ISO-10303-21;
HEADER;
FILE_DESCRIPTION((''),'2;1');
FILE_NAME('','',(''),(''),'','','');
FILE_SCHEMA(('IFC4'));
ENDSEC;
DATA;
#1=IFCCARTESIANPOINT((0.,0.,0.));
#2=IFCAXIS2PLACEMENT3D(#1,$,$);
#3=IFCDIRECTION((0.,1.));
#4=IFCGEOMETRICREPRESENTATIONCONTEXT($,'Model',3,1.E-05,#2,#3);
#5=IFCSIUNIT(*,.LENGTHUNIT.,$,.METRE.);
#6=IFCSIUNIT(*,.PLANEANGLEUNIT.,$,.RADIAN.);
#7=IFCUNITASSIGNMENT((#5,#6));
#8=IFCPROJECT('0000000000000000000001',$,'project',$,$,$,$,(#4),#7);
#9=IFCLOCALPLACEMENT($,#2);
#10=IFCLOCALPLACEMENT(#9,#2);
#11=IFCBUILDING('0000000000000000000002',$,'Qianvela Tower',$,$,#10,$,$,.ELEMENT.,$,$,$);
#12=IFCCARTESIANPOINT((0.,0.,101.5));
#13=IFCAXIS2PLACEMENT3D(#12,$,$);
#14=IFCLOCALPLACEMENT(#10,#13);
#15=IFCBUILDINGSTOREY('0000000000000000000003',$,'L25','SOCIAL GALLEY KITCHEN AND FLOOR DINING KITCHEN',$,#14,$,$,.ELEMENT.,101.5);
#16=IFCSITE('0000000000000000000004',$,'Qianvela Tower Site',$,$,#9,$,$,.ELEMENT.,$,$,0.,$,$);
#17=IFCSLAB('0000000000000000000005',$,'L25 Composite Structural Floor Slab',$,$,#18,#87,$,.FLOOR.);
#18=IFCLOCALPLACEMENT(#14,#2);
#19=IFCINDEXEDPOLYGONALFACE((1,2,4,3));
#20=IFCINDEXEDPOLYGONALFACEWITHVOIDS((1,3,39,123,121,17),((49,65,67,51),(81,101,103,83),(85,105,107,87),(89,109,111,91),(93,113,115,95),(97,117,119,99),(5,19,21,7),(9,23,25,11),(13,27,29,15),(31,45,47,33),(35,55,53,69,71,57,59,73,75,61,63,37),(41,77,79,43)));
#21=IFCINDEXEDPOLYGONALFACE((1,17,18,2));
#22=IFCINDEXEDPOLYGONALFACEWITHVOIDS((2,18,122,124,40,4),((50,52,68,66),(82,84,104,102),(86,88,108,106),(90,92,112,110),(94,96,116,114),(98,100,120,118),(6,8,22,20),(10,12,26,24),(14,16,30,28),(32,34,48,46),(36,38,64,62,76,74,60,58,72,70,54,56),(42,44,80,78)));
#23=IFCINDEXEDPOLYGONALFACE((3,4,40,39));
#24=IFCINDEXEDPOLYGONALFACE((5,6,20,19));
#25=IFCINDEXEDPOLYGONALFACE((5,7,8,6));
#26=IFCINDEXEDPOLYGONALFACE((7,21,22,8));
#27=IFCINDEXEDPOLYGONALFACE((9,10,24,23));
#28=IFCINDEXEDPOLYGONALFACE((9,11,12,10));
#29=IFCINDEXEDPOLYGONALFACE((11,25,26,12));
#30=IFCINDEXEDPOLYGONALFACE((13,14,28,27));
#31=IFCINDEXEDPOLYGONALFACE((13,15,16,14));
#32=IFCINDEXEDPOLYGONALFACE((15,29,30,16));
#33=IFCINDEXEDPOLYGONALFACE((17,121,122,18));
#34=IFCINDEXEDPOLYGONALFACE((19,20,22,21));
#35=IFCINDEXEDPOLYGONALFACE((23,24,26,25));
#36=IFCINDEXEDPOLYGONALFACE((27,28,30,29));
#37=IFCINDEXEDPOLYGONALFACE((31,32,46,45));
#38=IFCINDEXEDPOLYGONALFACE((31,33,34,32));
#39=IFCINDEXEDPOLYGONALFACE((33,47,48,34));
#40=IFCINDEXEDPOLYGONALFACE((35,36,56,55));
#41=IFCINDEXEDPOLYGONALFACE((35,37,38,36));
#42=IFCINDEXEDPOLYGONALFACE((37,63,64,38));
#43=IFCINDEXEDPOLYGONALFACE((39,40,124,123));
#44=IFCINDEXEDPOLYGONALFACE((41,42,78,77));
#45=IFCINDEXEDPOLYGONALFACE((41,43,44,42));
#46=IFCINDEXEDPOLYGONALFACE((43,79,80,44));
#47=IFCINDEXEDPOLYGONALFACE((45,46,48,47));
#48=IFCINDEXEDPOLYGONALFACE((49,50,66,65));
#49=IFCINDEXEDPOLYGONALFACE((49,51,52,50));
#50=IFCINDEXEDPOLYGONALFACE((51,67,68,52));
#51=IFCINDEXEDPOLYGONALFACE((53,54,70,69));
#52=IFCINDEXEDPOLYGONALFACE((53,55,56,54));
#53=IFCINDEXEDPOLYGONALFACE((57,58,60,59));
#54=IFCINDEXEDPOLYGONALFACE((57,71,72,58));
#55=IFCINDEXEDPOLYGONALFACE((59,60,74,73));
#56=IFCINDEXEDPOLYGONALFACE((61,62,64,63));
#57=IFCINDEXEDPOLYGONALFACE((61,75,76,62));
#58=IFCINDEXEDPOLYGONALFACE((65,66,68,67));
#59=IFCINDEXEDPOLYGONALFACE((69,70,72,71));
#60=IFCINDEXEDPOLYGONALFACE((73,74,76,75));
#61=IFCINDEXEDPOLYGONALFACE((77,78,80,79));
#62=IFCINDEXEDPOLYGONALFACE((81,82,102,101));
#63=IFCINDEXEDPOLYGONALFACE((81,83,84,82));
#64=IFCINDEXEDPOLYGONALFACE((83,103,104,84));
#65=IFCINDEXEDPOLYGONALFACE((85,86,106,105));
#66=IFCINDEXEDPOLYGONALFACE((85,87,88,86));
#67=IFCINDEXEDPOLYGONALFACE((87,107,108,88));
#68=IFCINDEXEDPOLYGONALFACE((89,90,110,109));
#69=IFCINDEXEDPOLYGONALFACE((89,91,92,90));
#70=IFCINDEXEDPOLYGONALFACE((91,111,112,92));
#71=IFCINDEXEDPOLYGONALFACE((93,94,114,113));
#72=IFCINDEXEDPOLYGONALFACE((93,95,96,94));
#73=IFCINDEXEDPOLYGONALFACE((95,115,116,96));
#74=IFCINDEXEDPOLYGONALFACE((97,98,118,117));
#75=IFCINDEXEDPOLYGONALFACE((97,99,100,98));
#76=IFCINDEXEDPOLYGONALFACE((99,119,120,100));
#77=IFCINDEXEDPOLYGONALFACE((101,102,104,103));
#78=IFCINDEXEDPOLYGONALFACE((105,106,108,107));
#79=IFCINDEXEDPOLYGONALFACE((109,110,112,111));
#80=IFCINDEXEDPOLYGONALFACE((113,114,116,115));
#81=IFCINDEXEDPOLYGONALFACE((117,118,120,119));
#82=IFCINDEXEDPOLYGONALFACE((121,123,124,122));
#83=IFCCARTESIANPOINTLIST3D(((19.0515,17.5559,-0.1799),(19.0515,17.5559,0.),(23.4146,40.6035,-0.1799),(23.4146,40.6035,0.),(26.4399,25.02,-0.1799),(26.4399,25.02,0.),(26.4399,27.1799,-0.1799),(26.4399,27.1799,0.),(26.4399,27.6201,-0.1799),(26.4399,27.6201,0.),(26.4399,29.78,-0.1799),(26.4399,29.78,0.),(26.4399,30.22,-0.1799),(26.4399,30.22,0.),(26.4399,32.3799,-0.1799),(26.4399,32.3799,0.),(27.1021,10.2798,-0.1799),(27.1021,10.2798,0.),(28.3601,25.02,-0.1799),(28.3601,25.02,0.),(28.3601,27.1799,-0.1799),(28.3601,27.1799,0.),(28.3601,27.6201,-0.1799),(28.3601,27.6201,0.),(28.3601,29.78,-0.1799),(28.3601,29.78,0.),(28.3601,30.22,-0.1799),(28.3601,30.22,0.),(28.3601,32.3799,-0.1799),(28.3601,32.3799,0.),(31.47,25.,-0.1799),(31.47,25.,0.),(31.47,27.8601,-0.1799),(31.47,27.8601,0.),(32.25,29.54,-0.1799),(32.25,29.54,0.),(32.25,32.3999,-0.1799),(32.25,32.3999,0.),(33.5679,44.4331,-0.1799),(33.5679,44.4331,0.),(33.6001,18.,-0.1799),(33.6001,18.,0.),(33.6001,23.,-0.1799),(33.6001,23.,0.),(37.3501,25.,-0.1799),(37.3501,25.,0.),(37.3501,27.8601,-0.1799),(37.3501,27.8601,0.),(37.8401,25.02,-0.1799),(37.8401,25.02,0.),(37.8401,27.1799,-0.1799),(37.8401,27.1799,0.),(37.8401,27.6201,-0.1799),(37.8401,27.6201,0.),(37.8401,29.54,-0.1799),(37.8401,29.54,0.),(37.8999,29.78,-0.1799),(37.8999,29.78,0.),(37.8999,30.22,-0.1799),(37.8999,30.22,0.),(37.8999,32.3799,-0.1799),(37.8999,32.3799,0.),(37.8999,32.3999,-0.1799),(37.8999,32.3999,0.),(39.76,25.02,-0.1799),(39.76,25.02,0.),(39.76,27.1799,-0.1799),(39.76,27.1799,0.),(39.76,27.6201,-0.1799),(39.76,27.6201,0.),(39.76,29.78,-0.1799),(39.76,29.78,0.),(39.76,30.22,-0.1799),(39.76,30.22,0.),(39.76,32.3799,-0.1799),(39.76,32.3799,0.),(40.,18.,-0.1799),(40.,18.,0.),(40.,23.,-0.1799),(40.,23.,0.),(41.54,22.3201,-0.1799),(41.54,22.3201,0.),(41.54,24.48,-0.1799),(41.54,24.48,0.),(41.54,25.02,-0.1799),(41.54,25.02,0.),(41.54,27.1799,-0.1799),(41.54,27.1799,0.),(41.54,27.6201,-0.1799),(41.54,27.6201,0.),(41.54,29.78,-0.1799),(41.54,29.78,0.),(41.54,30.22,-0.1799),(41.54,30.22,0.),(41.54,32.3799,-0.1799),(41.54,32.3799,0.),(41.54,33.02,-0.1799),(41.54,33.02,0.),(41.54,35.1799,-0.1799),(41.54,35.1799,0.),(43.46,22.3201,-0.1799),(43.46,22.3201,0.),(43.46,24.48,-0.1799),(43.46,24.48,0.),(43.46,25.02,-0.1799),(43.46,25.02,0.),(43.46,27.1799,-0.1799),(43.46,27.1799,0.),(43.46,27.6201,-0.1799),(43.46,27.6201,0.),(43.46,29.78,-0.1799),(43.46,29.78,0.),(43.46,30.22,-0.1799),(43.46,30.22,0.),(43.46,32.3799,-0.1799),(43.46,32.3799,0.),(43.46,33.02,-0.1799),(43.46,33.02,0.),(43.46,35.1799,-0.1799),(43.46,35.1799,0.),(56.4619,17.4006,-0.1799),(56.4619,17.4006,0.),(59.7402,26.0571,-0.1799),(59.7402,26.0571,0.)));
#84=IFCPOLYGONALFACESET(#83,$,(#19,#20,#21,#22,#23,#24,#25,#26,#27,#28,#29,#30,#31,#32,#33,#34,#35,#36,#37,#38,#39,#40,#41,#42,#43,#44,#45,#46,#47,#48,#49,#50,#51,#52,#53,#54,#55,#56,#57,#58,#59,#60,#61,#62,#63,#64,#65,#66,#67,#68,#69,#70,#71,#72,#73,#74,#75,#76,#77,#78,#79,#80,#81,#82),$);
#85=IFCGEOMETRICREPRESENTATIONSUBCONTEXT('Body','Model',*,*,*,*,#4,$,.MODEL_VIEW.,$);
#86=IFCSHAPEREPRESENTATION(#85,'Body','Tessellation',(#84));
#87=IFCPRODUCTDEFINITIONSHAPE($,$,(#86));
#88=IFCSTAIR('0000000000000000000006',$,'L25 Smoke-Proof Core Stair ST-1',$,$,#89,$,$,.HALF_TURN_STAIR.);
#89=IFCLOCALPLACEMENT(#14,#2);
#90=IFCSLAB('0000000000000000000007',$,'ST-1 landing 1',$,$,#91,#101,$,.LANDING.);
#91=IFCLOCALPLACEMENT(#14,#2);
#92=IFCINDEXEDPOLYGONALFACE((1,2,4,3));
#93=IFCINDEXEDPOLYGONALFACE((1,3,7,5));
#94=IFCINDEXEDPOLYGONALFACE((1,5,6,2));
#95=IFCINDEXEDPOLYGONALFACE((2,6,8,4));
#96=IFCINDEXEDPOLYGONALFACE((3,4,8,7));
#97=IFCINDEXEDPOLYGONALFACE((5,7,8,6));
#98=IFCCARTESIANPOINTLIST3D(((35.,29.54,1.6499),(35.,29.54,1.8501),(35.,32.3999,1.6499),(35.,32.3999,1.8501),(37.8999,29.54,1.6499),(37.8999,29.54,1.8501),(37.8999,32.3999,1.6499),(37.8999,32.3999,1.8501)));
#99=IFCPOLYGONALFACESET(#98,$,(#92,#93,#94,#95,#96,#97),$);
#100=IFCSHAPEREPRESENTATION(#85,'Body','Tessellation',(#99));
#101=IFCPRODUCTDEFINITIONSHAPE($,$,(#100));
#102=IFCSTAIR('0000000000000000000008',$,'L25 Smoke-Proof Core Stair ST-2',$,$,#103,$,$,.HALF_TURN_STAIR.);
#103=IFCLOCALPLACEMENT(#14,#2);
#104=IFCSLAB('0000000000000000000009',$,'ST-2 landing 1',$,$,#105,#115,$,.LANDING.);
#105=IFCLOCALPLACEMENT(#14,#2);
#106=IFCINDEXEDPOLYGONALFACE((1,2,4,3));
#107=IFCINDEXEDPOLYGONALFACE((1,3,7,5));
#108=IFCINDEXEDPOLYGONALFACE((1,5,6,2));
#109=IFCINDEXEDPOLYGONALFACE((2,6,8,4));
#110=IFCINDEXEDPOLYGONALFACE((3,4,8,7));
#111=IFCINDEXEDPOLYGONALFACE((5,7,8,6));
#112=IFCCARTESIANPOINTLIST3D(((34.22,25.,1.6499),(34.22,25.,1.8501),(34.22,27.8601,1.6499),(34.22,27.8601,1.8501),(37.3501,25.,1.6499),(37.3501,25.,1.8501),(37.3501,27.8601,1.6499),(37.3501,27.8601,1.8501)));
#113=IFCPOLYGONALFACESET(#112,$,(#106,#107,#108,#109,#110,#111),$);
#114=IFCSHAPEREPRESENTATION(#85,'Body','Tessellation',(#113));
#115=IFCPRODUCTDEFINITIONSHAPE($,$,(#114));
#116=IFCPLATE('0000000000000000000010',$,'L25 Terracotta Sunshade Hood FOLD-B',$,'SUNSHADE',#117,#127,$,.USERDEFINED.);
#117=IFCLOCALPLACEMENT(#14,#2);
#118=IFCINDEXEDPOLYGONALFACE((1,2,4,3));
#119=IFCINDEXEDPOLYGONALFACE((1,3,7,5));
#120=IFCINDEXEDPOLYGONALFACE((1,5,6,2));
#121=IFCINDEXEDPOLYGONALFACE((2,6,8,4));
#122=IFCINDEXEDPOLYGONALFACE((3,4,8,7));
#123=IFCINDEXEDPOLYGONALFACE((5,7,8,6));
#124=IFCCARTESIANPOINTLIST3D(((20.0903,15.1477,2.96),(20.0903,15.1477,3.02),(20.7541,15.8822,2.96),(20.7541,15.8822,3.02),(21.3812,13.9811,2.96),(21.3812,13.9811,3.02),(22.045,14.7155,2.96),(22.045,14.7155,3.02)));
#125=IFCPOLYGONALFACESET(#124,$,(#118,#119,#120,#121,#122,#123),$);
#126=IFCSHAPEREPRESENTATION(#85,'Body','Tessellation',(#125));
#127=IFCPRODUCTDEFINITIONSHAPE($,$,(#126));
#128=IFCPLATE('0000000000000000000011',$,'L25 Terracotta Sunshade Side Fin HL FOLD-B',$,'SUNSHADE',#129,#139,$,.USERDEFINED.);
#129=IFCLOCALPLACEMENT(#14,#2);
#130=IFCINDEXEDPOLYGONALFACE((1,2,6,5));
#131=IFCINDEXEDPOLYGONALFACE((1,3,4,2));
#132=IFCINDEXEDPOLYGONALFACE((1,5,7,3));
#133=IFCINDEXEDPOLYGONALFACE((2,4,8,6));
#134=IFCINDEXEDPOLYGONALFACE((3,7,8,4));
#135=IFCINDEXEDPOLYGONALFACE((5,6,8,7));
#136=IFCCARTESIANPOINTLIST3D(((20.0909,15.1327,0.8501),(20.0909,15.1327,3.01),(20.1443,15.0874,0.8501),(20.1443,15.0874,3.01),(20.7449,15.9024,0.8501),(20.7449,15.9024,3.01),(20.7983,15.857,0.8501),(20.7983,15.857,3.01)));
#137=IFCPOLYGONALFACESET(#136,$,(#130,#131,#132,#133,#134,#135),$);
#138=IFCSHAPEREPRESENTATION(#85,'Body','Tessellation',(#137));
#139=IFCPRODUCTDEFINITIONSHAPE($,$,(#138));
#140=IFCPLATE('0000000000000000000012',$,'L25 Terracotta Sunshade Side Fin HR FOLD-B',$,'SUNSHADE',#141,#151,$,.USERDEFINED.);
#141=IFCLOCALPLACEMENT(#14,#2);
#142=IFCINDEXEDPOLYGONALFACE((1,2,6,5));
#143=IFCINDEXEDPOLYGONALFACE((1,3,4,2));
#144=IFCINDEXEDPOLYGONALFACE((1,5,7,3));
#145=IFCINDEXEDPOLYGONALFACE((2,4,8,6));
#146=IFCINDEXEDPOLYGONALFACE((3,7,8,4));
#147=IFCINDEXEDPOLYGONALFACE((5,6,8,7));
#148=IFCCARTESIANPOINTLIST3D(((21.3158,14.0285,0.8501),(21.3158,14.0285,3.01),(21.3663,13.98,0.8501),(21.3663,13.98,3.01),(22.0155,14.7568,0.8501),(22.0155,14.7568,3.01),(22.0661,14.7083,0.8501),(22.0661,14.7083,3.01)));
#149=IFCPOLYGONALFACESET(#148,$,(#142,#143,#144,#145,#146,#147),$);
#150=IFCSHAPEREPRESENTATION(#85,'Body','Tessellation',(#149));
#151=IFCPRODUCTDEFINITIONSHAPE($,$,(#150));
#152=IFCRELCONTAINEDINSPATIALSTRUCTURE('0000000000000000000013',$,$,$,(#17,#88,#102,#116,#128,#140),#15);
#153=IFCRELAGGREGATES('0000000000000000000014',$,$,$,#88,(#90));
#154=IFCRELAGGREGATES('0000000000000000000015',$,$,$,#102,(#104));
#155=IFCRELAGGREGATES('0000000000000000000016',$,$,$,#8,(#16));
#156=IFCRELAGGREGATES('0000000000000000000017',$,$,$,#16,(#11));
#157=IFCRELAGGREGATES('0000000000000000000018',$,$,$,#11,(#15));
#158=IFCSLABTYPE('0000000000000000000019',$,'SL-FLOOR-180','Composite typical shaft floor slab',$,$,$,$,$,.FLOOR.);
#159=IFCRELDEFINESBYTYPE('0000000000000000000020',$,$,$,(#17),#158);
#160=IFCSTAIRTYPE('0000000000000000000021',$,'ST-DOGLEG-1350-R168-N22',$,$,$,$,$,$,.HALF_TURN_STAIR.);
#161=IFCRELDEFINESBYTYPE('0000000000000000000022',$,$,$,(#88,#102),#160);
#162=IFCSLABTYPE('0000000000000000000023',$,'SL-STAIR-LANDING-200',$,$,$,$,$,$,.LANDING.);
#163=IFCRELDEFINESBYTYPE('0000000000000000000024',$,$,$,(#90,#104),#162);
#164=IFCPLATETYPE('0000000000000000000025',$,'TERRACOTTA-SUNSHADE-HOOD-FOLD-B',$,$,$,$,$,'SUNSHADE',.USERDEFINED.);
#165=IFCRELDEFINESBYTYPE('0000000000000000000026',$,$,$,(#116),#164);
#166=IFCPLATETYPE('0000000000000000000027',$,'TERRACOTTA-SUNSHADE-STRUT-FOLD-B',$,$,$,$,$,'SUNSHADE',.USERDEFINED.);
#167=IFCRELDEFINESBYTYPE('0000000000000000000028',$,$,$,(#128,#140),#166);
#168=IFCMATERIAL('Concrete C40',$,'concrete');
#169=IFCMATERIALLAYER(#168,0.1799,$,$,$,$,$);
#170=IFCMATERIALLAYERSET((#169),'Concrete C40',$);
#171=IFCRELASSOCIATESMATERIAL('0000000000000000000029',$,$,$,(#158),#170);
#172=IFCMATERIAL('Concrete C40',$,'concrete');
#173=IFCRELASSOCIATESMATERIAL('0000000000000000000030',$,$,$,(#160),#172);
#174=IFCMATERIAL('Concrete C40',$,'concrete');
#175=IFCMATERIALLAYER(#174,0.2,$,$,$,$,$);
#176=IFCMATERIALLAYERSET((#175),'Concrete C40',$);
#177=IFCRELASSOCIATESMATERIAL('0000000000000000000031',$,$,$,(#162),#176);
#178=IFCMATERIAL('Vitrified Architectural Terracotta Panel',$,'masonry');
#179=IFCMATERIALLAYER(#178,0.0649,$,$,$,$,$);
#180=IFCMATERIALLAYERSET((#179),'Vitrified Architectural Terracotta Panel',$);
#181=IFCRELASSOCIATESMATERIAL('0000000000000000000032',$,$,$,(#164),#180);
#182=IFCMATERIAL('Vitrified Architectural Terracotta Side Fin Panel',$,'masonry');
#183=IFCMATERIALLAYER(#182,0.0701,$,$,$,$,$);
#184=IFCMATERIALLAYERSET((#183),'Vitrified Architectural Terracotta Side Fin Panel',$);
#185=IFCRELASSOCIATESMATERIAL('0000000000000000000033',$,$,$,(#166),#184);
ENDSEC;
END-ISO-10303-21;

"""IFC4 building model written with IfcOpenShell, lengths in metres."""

from ifc_helpers import new_model, si_unit, direction, frame, origin, origin_2d, place, context, subcontext, project, spatial, polyline, rectangle, outline, extrude, material, layer, layer_set, type_object, element, aggregate, save


model = new_model("IFC4")

# Units and contexts
model_context = context("Model", 3, precision=1e-05, world=origin(), true_north=direction((0.0, 1.0)))
body_context = subcontext(model_context, "Body", "Model", "MODEL_VIEW")
ifc_project = project(units=[si_unit("LENGTHUNIT", "METRE"), si_unit("PLANEANGLEUNIT", "RADIAN")], contexts=[model_context])

# Site, building, storey
site_placement = place(None, origin())
site = spatial("IfcSite", under=ifc_project, at=site_placement, Name="Qianvela Tower Site", CompositionType="ELEMENT", RefElevation=0.0)
building_placement = place(site_placement, origin())
building = spatial("IfcBuilding", under=site, at=building_placement, Name="Qianvela Tower", CompositionType="ELEMENT")
storey_placement = place(building_placement, frame((0.0, 0.0, 101.5)))
storey = spatial("IfcBuildingStorey", under=building, at=storey_placement, Name="L25", Description="SOCIAL GALLEY KITCHEN AND FLOOR DINING KITCHEN", CompositionType="ELEMENT", Elevation=101.5)

# Slab
ifc_material_1 = material(Name="Concrete C40", Category="concrete")
ifc_layer_1 = layer(ifc_material_1, 0.1799)
ifc_layer_set_1 = layer_set([ifc_layer_1], Name="Concrete C40")
slab_type_1 = type_object("IfcSlabType", Name="SL-FLOOR-180", Description="Composite typical shaft floor slab", PredefinedType="FLOOR", material=ifc_layer_set_1)
slab_1_placement = place(storey_placement, frame((0.0, 0.0, -0.1799)))
element("IfcSlab", 1, at=slab_1_placement, inside=storey, type_object=slab_type_1, Name="L25 Composite Structural Floor Slab", PredefinedType="FLOOR", context=body_context, shape_type="SweptSolid", body=[
    extrude(outline(polyline([(56.4619, 17.4006), (59.7402, 26.0571), (33.5679, 44.4331), (23.4146, 40.6035), (19.0515, 17.5559), (27.1021, 10.2798), (56.4619, 17.4006)]), holes=[polyline([(40.0, 23.0), (33.6001, 23.0), (33.6001, 18.0), (40.0, 18.0), (40.0, 23.0)]), polyline([(28.3601, 25.02), (28.3601, 27.1799), (26.4399, 27.1799), (26.4399, 25.02), (28.3601, 25.02)]), polyline([(37.3501, 25.0), (37.3501, 27.8601), (31.47, 27.8601), (31.47, 25.0), (37.3501, 25.0)]), polyline([(28.3601, 27.6201), (28.3601, 29.78), (26.4399, 29.78), (26.4399, 27.6201), (28.3601, 27.6201)]), polyline([(37.8999, 32.3799), (37.8999, 32.3999), (32.25, 32.3999), (32.25, 29.54), (37.8401, 29.54), (37.8401, 27.6201), (39.76, 27.6201), (39.76, 29.78), (37.8999, 29.78), (37.8999, 30.22), (39.76, 30.22), (39.76, 32.3799), (37.8999, 32.3799)]), polyline([(28.3601, 30.22), (28.3601, 32.3799), (26.4399, 32.3799), (26.4399, 30.22), (28.3601, 30.22)]), polyline([(43.46, 24.48), (41.54, 24.48), (41.54, 22.3201), (43.46, 22.3201), (43.46, 24.48)]), polyline([(39.76, 25.02), (39.76, 27.1799), (37.8401, 27.1799), (37.8401, 25.02), (39.76, 25.02)]), polyline([(43.46, 25.02), (43.46, 27.1799), (41.54, 27.1799), (41.54, 25.02), (43.46, 25.02)]), polyline([(43.46, 27.6201), (43.46, 29.78), (41.54, 29.78), (41.54, 27.6201), (43.46, 27.6201)]), polyline([(43.46, 30.22), (43.46, 32.3799), (41.54, 32.3799), (41.54, 30.22), (43.46, 30.22)]), polyline([(43.46, 33.02), (43.46, 35.1799), (41.54, 35.1799), (41.54, 33.02), (43.46, 33.02)])]), origin(), (0.0, 0.0, 1.0), 0.1799),
])

# Stairs, slabs
ifc_material_2 = material(Name="Concrete C40", Category="concrete")
stair_type = type_object("IfcStairType", Name="ST-DOGLEG-1350-R168-N22", PredefinedType="HALF_TURN_STAIR", material=ifc_material_2)
stair_1_placement = place(storey_placement, origin())
stair_1 = element("IfcStair", 2, at=stair_1_placement, inside=storey, type_object=stair_type, Name="L25 Smoke-Proof Core Stair ST-1", PredefinedType="HALF_TURN_STAIR")
ifc_material_3 = material(Name="Concrete C40", Category="concrete")
ifc_layer_2 = layer(ifc_material_3, 0.2)
ifc_layer_set_2 = layer_set([ifc_layer_2], Name="Concrete C40")
slab_type_2 = type_object("IfcSlabType", Name="SL-STAIR-LANDING-200", PredefinedType="LANDING", material=ifc_layer_set_2)
slab_2_placement = place(storey_placement, frame((0.0, 0.0, 1.6499)))
slab_2 = element("IfcSlab", 3, at=slab_2_placement, type_object=slab_type_2, Name="ST-1 landing 1", PredefinedType="LANDING", context=body_context, shape_type="SweptSolid", body=[
    extrude(outline(polyline([(35.0, 29.54), (37.8999, 29.54), (37.8999, 32.3999), (35.0, 32.3999), (35.0, 29.54)])), origin(), (0.0, 0.0, 1.0), 0.2002),
])
aggregate(stair_1, [slab_2])
stair_2_placement = place(storey_placement, origin())
stair_2 = element("IfcStair", 4, at=stair_2_placement, inside=storey, type_object=stair_type, Name="L25 Smoke-Proof Core Stair ST-2", PredefinedType="HALF_TURN_STAIR")
slab_3_placement = place(storey_placement, frame((0.0, 0.0, 1.6499)))
slab_3 = element("IfcSlab", 5, at=slab_3_placement, type_object=slab_type_2, Name="ST-2 landing 1", PredefinedType="LANDING", context=body_context, shape_type="SweptSolid", body=[
    extrude(outline(polyline([(34.22, 25.0), (37.3501, 25.0), (37.3501, 27.8601), (34.22, 27.8601), (34.22, 25.0)])), origin(), (0.0, 0.0, 1.0), 0.2002),
])
aggregate(stair_2, [slab_3])

# Plates
ifc_material_4 = material(Name="Vitrified Architectural Terracotta Panel", Category="masonry")
ifc_layer_3 = layer(ifc_material_4, 0.0649)
ifc_layer_set_3 = layer_set([ifc_layer_3], Name="Vitrified Architectural Terracotta Panel")
plate_type_1 = type_object("IfcPlateType", Name="TERRACOTTA-SUNSHADE-HOOD-FOLD-B", ElementType="SUNSHADE", PredefinedType="USERDEFINED", material=ifc_layer_set_3)
plate_1_placement = place(storey_placement, frame((21.0676, 14.9316, 2.96), z_axis=(0.0, 0.0, 1.0), x_axis=(0.741901, -0.670509, 0.0)))
element("IfcPlate", 6, at=plate_1_placement, inside=storey, type_object=plate_type_1, Name="L25 Terracotta Sunshade Hood FOLD-B", ObjectType="SUNSHADE", PredefinedType="USERDEFINED", context=body_context, shape_type="SweptSolid", body=[
    extrude(rectangle(XDim=1.74, YDim=0.99, at=origin_2d()), origin(), (0.0, 0.0, 1.0), 0.0601),
])
ifc_material_5 = material(Name="Vitrified Architectural Terracotta Side Fin Panel", Category="masonry")
ifc_layer_4 = layer(ifc_material_5, 0.0701)
ifc_layer_set_4 = layer_set([ifc_layer_4], Name="Vitrified Architectural Terracotta Side Fin Panel")
plate_type_2 = type_object("IfcPlateType", Name="TERRACOTTA-SUNSHADE-STRUT-FOLD-B", ElementType="SUNSHADE", PredefinedType="USERDEFINED", material=ifc_layer_set_4)
for number, where, z_axis, x_axis, name in (
    (7, (20.4446, 15.4949, 0.8501), (0.0, 0.0, 1.0), (0.762031, -0.64754, 0.0), "L25 Terracotta Sunshade Side Fin HL FOLD-B"),
    (8, (21.6909, 14.3684, 0.8501), (0.0, 0.0, 1.0), (0.721079, -0.692853, 0.0), "L25 Terracotta Sunshade Side Fin HR FOLD-B"),
):
    element("IfcPlate", number, at=place(storey_placement, frame(where, z_axis=z_axis, x_axis=x_axis)), inside=storey, type_object=plate_type_2, Name=name, ObjectType="SUNSHADE", PredefinedType="USERDEFINED", context=body_context, shape_type="SweptSolid", body=[
        extrude(rectangle(XDim=0.0701, YDim=1.01, at=origin_2d()), origin(), (0.0, 0.0, 1.0), 2.1599),
    ])

save(model, "model.ifc")
